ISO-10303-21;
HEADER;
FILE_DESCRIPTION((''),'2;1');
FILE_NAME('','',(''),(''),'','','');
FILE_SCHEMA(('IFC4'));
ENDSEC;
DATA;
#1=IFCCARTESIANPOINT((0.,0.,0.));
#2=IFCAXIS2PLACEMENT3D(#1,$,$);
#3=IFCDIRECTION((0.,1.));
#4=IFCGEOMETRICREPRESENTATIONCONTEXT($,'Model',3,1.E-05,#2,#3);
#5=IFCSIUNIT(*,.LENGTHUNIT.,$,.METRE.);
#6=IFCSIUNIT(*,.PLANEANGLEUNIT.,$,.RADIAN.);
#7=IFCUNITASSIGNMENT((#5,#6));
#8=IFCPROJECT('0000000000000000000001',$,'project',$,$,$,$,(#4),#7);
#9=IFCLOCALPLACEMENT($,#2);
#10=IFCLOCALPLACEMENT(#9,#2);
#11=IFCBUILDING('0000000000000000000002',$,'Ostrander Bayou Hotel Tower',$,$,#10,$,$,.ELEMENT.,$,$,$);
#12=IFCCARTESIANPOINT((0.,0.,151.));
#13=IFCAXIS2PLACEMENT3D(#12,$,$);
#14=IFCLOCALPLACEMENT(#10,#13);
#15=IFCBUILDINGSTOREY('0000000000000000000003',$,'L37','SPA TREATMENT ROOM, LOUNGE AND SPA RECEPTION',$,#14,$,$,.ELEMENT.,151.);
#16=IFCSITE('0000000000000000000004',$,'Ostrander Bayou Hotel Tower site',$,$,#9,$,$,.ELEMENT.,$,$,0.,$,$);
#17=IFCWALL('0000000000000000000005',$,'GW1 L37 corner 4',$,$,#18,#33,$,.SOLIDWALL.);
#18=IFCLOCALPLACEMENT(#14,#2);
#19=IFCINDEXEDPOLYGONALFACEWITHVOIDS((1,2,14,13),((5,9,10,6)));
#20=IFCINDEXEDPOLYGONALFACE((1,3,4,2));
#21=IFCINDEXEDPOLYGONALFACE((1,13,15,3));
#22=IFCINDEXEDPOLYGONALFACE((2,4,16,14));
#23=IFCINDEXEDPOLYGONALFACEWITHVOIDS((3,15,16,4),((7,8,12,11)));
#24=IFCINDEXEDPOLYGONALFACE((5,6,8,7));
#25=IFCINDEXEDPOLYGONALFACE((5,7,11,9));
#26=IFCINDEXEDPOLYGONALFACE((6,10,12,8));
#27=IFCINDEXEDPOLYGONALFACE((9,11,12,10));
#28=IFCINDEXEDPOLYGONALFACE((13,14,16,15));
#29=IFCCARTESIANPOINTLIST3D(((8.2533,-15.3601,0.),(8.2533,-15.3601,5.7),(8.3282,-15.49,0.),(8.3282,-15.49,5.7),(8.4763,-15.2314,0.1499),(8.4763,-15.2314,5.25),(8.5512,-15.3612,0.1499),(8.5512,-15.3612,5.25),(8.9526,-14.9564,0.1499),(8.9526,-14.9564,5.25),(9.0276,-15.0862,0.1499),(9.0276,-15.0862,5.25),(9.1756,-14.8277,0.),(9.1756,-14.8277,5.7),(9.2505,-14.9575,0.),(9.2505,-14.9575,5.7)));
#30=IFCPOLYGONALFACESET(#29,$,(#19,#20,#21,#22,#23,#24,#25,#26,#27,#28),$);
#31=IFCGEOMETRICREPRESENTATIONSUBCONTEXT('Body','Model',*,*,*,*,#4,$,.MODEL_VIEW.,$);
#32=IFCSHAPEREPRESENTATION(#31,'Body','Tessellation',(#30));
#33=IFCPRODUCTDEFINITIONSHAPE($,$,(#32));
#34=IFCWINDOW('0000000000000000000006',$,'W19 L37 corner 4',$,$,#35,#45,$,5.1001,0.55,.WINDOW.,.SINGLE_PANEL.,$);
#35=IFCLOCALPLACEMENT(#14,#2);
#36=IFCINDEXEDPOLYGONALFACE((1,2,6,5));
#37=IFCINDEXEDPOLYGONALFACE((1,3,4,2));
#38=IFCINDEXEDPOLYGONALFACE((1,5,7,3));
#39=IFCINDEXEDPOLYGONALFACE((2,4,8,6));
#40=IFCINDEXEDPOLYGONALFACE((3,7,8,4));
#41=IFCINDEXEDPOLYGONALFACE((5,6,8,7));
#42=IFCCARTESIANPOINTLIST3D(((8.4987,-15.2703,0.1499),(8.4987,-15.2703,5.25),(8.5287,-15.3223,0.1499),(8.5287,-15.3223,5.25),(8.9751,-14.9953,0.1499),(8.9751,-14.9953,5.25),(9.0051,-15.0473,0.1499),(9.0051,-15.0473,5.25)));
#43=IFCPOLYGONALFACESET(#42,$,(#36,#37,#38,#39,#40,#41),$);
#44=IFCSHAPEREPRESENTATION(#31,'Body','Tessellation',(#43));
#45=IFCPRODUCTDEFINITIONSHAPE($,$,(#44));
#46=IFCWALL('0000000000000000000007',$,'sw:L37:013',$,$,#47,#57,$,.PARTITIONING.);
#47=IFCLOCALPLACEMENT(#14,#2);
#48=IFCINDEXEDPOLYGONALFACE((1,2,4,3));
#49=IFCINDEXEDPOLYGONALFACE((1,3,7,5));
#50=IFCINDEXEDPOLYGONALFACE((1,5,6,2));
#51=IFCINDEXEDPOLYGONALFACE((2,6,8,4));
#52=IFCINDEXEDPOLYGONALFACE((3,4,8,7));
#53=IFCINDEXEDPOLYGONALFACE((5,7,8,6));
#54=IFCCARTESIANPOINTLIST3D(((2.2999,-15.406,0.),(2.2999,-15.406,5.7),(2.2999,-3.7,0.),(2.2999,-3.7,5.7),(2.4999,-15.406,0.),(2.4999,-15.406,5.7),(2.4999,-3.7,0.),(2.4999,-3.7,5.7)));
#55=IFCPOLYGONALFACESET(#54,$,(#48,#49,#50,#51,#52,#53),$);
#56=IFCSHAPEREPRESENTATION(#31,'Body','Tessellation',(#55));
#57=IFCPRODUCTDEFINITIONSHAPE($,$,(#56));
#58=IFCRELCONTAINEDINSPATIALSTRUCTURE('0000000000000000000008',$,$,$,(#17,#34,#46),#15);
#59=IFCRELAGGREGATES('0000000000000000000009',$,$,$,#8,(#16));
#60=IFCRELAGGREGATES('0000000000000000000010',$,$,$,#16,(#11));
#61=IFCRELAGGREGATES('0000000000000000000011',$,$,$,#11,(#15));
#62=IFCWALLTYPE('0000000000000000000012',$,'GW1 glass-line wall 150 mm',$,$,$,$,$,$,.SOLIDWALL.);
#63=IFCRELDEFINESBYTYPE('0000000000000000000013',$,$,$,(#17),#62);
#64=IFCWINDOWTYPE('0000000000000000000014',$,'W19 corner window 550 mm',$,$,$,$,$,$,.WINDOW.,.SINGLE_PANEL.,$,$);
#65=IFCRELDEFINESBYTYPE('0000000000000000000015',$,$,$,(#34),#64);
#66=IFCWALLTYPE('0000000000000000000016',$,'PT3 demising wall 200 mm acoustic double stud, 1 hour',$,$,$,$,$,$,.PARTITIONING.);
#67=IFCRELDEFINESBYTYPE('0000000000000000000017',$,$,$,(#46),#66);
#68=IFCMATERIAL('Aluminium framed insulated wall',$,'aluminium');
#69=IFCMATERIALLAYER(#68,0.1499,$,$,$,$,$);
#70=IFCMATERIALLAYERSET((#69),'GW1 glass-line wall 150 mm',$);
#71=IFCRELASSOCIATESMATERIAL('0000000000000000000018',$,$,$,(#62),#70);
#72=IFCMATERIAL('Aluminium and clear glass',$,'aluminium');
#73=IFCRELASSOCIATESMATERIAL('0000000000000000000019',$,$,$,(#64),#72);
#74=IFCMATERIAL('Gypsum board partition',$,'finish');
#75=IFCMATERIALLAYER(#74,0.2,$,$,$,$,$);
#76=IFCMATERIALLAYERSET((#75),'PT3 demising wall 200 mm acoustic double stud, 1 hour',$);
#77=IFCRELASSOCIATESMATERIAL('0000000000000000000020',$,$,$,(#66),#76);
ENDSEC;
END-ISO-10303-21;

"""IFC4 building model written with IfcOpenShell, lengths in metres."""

from ifc_helpers import new_model, si_unit, direction, frame, frame_2d, origin, place, context, subcontext, project, spatial, rectangle, extrude, material, layer, layer_set, type_object, element, fill, save


model = new_model("IFC4")

# Units and contexts
model_context = context("Model", 3, precision=1e-05, world=origin(), true_north=direction((0.0, 1.0)))
body_context = subcontext(model_context, "Body", "Model", "MODEL_VIEW")
ifc_project = project(units=[si_unit("LENGTHUNIT", "METRE"), si_unit("PLANEANGLEUNIT", "RADIAN")], contexts=[model_context])

# Site, building, storey
site_placement = place(None, origin())
site = spatial("IfcSite", under=ifc_project, at=site_placement, Name="Ostrander Bayou Hotel Tower site", CompositionType="ELEMENT", RefElevation=0.0)
building_placement = place(site_placement, origin())
building = spatial("IfcBuilding", under=site, at=building_placement, Name="Ostrander Bayou Hotel Tower", CompositionType="ELEMENT")
storey_placement = place(building_placement, frame((0.0, 0.0, 151.0)))
storey = spatial("IfcBuildingStorey", under=building, at=storey_placement, Name="L37", Description="SPA TREATMENT ROOM, LOUNGE AND SPA RECEPTION", CompositionType="ELEMENT", Elevation=151.0)

# Shared definitions
ifc_material_1 = material(Name="Aluminium framed insulated wall", Category="aluminium")
ifc_layer_1 = layer(ifc_material_1, 0.1499)
ifc_layer_set_1 = layer_set([ifc_layer_1], Name="GW1 glass-line wall 150 mm")
wall_type_1 = type_object("IfcWallType", Name="GW1 glass-line wall 150 mm", PredefinedType="SOLIDWALL", material=ifc_layer_set_1)

# Wall, opening, window
wall_1_placement = place(storey_placement, frame((8.2908, -15.425, 0.0), z_axis=(0.0, 0.0, 1.0), x_axis=(0.866048, 0.499961, 0.0)))
wall_1 = element("IfcWall", 1, at=wall_1_placement, inside=storey, type_object=wall_type_1, Name="GW1 L37 corner 4", PredefinedType="SOLIDWALL", context=body_context, shape_type="SweptSolid", body=[
    extrude(rectangle(XDim=1.0649, YDim=0.1499, at=frame_2d((0.5325, 0.0))), origin(), (0.0, 0.0, 1.0), 5.7),
])
opening_1_placement = place(wall_1_placement, frame((0.2576, 0.0, 0.1499)))
opening_1 = element("IfcOpeningElement", 2, at=opening_1_placement, cuts=wall_1, PredefinedType="OPENING", context=body_context, shape_type="SweptSolid", body=[
    extrude(rectangle(XDim=0.55, YDim=5.1001, at=frame_2d((0.2749, 2.55))), frame((0.0, 0.075, 0.0), z_axis=(0.0, -1.0, 0.0), x_axis=(1.0, 0.0, 0.0)), (0.0, 0.0, 1.0), 0.1499),
])
ifc_material_2 = material(Name="Aluminium and clear glass", Category="aluminium")
window_type = type_object("IfcWindowType", Name="W19 corner window 550 mm", PartitioningType="SINGLE_PANEL", PredefinedType="WINDOW", material=ifc_material_2)
window_placement = place(opening_1_placement, origin())
window = element("IfcWindow", 3, at=window_placement, inside=storey, type_object=window_type, Name="W19 L37 corner 4", OverallHeight=5.1001, OverallWidth=0.55, PartitioningType="SINGLE_PANEL", PredefinedType="WINDOW", context=body_context, shape_type="SweptSolid", body=[
    extrude(rectangle(XDim=0.55, YDim=5.1001, at=frame_2d((0.2749, 2.55))), frame((0.0, 0.03, 0.0), z_axis=(0.0, -1.0, 0.0), x_axis=(1.0, 0.0, 0.0)), (0.0, 0.0, 1.0), 0.0601),
])
fill(opening_1, window)

# Wall
ifc_material_3 = material(Name="Gypsum board partition", Category="finish")
ifc_layer_2 = layer(ifc_material_3, 0.2)
ifc_layer_set_2 = layer_set([ifc_layer_2], Name="PT3 demising wall 200 mm acoustic double stud, 1 hour")
wall_type_2 = type_object("IfcWallType", Name="PT3 demising wall 200 mm acoustic double stud, 1 hour", PredefinedType="PARTITIONING", material=ifc_layer_set_2)
wall_2_placement = place(storey_placement, frame((2.3999, -15.406, 0.0), z_axis=(0.0, 0.0, 1.0), x_axis=(0.0, 1.0, 0.0)))
element("IfcWall", 4, at=wall_2_placement, inside=storey, type_object=wall_type_2, Name="sw:L37:013", PredefinedType="PARTITIONING", context=body_context, shape_type="SweptSolid", body=[
    extrude(rectangle(XDim=11.7061, YDim=0.2, at=frame_2d((5.853, 0.0))), origin(), (0.0, 0.0, 1.0), 5.7),
])

save(model, "model.ifc")
